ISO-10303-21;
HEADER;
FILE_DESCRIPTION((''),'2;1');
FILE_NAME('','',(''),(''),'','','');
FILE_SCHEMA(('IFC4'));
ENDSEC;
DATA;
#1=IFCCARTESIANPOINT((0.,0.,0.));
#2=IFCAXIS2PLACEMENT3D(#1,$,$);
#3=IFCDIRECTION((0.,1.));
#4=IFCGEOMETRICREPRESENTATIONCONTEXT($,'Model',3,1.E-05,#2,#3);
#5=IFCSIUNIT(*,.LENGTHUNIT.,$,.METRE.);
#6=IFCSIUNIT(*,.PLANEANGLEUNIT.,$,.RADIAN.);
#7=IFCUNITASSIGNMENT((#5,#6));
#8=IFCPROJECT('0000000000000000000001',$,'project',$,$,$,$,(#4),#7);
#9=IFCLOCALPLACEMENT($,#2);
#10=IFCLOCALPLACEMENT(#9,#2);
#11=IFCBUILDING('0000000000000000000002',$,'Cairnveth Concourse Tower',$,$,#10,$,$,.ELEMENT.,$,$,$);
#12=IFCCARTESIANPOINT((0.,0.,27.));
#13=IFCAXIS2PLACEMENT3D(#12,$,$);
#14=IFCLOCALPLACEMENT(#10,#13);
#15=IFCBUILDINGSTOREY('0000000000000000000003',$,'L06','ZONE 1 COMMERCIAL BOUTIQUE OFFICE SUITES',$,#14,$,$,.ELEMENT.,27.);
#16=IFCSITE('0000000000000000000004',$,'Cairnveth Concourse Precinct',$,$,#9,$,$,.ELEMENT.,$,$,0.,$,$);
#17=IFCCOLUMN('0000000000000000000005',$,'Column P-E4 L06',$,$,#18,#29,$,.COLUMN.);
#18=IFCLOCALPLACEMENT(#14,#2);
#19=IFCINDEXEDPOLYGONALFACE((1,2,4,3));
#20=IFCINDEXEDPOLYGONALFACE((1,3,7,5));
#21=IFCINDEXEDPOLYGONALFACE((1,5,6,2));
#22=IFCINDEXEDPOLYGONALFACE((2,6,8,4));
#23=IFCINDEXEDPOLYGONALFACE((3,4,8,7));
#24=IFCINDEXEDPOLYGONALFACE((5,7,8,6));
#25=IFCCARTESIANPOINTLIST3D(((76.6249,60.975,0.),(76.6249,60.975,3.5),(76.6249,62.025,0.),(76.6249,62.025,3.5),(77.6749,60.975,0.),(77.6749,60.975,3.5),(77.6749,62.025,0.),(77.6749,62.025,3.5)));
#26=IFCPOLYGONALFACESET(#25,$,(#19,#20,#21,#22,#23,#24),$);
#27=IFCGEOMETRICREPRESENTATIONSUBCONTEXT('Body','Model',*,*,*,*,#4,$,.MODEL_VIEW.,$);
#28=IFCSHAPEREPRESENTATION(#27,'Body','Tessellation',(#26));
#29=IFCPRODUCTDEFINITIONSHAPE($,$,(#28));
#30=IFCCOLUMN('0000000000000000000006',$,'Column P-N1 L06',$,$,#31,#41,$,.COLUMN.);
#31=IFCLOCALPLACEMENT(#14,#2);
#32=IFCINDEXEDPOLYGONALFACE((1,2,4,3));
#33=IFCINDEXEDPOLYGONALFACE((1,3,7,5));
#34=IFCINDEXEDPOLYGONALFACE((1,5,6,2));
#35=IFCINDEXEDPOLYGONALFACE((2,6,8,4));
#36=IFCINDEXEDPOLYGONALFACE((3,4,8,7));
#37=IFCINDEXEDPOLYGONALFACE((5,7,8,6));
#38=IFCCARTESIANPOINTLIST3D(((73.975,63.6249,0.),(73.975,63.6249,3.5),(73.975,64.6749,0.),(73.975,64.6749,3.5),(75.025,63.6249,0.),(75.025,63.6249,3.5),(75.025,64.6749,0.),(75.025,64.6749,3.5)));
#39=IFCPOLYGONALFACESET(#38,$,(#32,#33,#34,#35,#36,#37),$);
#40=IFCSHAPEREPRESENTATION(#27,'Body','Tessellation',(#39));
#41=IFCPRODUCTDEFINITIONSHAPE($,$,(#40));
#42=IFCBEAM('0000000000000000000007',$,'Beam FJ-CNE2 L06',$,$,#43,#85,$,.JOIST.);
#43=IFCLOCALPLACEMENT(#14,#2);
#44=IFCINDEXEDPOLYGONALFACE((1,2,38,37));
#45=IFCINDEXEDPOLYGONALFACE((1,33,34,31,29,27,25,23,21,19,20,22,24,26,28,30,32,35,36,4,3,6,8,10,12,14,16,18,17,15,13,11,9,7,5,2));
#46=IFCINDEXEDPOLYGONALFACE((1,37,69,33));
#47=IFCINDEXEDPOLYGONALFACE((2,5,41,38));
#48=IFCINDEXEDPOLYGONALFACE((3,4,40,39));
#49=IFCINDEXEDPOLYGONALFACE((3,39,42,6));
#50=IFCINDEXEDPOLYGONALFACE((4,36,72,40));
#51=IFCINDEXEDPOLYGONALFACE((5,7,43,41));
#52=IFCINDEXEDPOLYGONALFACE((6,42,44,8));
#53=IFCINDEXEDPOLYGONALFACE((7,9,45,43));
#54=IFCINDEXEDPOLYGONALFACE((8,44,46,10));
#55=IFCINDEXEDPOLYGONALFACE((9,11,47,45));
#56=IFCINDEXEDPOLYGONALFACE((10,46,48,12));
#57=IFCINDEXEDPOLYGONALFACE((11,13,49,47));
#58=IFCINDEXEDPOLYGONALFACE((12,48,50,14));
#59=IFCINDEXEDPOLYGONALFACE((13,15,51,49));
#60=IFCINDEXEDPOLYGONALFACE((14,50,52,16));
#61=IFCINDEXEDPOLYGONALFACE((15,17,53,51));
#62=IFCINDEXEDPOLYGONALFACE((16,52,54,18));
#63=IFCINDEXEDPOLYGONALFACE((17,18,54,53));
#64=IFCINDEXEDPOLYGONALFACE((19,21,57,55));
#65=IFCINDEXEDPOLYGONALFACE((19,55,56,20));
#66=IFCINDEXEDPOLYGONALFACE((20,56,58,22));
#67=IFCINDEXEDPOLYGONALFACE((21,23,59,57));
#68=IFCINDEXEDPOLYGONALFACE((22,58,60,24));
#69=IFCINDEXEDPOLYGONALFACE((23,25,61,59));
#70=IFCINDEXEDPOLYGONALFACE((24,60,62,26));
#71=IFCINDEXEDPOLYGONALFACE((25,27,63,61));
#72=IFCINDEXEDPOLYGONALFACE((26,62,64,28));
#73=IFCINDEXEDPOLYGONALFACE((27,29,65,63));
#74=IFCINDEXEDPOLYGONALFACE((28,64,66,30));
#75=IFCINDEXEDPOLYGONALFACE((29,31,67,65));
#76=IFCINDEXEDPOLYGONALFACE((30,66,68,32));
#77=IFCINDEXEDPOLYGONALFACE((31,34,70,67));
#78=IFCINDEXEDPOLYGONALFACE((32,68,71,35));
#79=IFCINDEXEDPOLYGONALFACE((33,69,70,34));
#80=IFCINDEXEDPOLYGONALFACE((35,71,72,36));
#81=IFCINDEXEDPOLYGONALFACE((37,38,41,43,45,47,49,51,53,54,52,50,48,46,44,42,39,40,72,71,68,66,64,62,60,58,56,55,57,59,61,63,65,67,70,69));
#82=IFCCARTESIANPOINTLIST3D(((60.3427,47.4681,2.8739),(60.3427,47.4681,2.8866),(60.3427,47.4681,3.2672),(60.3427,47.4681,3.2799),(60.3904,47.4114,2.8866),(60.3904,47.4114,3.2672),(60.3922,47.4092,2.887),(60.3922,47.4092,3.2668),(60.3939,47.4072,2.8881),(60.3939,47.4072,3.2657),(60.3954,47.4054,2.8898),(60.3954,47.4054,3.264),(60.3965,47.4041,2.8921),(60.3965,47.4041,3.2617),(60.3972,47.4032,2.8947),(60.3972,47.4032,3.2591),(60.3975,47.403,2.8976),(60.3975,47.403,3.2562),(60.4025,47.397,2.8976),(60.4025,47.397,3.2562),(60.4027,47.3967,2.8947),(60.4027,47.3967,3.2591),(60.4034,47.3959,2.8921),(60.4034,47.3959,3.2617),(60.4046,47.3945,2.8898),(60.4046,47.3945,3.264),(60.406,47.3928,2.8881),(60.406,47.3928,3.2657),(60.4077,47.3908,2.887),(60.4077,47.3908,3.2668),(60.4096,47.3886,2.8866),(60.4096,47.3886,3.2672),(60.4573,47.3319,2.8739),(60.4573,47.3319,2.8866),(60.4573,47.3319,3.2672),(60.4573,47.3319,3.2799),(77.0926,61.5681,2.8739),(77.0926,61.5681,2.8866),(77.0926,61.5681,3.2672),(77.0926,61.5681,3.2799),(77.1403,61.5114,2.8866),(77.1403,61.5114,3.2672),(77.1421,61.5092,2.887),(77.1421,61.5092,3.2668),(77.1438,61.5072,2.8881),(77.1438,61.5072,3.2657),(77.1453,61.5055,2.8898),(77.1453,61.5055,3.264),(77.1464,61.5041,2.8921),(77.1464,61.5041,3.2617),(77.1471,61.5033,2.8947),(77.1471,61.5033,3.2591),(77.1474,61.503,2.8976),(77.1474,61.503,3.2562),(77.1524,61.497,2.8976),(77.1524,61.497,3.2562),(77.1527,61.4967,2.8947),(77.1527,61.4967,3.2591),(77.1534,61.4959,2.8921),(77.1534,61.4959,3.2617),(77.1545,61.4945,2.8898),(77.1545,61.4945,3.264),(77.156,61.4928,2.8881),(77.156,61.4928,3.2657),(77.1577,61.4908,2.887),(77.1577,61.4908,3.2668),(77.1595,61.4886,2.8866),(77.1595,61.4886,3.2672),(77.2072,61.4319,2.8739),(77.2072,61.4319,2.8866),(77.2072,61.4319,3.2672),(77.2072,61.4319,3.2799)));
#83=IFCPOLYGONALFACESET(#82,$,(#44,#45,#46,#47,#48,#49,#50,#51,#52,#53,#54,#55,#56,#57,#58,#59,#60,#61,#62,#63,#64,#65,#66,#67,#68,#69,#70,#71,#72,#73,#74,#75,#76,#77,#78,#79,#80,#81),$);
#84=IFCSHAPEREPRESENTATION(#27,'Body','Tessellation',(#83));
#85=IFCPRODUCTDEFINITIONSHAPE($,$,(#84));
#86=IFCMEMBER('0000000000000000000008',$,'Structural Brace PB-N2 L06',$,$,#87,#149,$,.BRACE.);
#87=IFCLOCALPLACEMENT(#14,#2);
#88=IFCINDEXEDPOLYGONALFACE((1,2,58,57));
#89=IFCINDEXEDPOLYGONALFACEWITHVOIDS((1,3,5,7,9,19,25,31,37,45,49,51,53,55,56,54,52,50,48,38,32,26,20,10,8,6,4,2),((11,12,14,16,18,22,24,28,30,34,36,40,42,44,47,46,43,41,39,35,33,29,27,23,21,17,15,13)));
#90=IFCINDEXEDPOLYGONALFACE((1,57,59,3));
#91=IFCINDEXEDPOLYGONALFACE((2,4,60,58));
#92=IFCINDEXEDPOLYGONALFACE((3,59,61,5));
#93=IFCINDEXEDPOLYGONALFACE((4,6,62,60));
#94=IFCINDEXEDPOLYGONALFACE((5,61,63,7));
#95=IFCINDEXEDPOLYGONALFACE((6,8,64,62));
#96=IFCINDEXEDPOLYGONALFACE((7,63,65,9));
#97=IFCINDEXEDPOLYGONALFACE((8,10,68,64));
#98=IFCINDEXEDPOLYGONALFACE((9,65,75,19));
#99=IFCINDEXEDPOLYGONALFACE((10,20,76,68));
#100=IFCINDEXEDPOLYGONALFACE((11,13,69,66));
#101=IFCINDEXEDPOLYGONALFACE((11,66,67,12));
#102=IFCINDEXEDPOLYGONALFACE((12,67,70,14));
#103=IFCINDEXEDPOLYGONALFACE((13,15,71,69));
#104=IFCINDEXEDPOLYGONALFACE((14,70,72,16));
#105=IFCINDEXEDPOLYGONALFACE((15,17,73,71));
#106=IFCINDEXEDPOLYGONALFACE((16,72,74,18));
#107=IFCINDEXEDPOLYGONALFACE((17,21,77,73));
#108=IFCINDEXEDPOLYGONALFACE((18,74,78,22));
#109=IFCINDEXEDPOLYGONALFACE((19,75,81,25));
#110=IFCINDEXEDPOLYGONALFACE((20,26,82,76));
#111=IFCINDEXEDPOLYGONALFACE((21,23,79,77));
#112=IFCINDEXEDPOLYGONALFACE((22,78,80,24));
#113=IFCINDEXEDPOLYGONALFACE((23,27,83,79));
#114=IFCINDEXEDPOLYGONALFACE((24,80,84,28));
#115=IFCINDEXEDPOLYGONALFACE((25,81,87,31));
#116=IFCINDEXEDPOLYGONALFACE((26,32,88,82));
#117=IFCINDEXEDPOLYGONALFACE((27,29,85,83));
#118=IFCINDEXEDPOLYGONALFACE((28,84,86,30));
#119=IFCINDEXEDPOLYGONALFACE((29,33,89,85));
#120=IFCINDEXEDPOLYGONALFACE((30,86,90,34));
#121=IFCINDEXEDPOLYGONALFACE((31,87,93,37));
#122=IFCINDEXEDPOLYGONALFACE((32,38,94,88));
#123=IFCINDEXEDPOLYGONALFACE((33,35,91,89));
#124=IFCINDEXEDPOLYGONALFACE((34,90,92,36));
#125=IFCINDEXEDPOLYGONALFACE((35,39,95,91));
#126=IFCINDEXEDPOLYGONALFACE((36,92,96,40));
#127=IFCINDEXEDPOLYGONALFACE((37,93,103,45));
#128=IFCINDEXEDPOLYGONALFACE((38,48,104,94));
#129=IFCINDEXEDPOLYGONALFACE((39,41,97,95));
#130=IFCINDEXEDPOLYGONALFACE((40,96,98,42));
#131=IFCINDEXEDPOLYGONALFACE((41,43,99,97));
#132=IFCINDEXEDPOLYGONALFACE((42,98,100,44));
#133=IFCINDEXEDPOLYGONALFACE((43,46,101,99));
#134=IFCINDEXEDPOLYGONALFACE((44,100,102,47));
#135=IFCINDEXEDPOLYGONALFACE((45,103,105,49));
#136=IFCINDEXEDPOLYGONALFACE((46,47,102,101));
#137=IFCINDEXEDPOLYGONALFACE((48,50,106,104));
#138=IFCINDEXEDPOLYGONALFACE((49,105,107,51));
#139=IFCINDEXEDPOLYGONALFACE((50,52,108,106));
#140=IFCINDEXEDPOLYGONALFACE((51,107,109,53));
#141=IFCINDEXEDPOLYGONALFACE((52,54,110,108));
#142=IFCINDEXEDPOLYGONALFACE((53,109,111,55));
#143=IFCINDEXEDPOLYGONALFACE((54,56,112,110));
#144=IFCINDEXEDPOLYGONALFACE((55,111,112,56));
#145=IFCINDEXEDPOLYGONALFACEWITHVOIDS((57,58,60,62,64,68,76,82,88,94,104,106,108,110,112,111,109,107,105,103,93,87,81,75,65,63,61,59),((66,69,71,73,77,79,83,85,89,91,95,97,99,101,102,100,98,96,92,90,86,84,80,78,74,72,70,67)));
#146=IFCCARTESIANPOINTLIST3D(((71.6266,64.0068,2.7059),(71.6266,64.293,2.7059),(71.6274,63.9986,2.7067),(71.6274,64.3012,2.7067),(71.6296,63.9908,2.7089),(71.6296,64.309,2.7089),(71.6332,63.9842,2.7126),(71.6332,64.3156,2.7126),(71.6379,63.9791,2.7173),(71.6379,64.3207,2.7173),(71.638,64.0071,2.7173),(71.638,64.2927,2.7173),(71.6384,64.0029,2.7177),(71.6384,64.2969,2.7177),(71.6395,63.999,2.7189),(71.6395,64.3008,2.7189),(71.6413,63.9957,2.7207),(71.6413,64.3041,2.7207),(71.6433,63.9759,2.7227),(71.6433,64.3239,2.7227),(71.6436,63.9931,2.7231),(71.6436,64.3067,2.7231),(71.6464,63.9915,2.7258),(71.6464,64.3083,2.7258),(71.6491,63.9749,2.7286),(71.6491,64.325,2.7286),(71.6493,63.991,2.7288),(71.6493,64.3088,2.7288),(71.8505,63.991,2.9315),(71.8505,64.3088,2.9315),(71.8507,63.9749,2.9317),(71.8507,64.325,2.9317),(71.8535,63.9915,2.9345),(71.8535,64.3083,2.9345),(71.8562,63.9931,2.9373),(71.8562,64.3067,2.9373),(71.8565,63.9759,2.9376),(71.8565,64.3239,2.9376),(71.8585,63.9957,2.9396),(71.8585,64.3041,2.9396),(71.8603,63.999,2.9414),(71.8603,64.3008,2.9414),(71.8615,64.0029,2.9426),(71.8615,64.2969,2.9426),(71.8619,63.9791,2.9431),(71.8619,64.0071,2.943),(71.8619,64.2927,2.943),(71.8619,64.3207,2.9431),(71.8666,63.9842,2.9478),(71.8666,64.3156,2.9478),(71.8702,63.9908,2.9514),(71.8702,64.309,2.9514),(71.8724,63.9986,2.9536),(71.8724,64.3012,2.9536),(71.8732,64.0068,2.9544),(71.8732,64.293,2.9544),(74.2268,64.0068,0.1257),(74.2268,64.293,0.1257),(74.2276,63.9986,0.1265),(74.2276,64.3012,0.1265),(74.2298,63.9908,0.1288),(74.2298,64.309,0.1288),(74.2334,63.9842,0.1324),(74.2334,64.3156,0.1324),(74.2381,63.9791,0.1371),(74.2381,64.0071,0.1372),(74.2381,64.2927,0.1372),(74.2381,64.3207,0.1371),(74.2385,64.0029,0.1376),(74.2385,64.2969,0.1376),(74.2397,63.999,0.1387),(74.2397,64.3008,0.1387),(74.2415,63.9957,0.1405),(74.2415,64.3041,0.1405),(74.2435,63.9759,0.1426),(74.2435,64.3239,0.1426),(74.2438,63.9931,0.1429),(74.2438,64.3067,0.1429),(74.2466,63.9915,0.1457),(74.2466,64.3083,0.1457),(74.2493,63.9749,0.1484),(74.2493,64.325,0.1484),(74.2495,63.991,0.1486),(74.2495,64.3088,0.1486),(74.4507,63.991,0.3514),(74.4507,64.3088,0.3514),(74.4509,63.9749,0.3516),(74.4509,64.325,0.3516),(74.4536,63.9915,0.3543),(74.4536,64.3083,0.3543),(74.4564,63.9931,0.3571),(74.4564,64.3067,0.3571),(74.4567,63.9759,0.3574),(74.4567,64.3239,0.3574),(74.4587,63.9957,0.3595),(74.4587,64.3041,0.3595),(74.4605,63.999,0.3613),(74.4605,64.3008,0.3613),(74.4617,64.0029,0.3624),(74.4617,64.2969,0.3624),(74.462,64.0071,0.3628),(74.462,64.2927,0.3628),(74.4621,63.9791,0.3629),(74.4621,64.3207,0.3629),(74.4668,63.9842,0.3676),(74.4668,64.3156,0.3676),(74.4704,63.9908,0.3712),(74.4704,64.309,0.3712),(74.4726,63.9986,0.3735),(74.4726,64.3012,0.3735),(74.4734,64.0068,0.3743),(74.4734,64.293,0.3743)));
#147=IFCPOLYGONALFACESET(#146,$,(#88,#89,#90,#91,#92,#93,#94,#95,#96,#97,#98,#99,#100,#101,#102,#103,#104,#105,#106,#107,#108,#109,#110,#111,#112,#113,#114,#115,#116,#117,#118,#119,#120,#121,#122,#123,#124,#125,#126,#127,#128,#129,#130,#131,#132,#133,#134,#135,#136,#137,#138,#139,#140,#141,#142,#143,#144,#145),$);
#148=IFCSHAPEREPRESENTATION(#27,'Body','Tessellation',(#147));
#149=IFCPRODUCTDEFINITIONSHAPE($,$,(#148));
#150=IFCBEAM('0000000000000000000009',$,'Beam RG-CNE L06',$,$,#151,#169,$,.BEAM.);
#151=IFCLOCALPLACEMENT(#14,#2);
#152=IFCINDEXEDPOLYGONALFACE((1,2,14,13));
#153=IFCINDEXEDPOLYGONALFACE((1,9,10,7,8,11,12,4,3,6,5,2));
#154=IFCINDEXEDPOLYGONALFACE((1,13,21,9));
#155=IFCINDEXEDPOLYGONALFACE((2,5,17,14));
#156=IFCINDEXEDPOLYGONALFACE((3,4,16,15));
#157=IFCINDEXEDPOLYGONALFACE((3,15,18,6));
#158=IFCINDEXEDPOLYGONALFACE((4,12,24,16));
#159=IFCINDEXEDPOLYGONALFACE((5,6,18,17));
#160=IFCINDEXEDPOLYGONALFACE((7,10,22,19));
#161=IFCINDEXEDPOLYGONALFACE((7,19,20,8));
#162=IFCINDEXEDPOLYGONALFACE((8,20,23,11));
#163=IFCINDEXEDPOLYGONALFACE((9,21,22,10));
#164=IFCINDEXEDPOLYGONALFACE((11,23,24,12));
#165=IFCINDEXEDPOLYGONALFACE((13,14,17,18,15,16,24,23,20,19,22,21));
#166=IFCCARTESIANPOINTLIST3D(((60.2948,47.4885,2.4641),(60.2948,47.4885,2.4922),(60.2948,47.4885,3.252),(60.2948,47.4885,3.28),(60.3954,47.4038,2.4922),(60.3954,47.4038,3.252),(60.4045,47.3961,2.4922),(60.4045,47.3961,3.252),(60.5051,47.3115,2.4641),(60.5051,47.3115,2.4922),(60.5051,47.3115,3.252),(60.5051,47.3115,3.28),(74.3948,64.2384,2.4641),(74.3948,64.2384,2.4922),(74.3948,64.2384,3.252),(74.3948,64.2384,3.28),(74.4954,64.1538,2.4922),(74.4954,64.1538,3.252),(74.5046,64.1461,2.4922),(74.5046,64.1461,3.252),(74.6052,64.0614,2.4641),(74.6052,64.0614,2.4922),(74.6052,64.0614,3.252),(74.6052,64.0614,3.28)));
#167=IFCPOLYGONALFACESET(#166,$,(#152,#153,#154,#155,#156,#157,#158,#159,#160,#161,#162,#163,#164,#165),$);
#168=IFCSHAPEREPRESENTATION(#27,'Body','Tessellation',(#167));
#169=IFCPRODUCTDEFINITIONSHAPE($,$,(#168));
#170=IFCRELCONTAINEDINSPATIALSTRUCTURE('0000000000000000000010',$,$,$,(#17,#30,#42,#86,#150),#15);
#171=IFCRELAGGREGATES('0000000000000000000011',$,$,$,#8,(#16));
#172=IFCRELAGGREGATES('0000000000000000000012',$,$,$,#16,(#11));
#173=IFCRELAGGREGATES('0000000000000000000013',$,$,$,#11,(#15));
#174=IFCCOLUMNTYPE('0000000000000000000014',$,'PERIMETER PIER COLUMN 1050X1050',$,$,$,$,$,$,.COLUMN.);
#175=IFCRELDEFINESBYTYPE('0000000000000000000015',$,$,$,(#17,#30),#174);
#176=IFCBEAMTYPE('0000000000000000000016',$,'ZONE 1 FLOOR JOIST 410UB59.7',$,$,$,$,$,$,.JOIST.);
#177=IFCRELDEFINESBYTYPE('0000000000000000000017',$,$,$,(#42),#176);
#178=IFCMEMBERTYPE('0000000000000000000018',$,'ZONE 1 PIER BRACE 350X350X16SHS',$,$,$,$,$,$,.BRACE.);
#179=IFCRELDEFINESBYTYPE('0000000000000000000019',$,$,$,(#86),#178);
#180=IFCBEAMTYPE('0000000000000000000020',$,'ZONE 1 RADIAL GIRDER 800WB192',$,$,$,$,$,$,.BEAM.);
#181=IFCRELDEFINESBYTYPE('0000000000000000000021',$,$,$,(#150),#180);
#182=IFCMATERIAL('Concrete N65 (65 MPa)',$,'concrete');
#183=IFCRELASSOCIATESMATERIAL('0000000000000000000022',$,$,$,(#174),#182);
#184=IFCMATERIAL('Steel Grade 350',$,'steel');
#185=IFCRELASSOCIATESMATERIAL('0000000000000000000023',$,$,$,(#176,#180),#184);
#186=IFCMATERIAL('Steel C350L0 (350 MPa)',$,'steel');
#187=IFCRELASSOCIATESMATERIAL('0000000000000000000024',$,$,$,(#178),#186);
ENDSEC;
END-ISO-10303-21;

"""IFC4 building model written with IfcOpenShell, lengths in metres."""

from ifc_helpers import new_model, si_unit, direction, frame, origin, origin_2d, place, context, subcontext, project, spatial, rectangle, hollow_rectangle, i_section, extrude, material, material_profile, profile_set, type_object, element, save


model = new_model("IFC4")

# Units and contexts
model_context = context("Model", 3, precision=1e-05, world=origin(), true_north=direction((0.0, 1.0)))
body_context = subcontext(model_context, "Body", "Model", "MODEL_VIEW")
ifc_project = project(units=[si_unit("LENGTHUNIT", "METRE"), si_unit("PLANEANGLEUNIT", "RADIAN")], contexts=[model_context])

# Site, building, storey
site_placement = place(None, origin())
site = spatial("IfcSite", under=ifc_project, at=site_placement, Name="Cairnveth Concourse Precinct", CompositionType="ELEMENT", RefElevation=0.0)
building_placement = place(site_placement, origin())
building = spatial("IfcBuilding", under=site, at=building_placement, Name="Cairnveth Concourse Tower", CompositionType="ELEMENT")
storey_placement = place(building_placement, frame((0.0, 0.0, 27.0)))
storey = spatial("IfcBuildingStorey", under=building, at=storey_placement, Name="L06", Description="ZONE 1 COMMERCIAL BOUTIQUE OFFICE SUITES", CompositionType="ELEMENT", Elevation=27.0)

# Columns
ifc_material_1 = material(Name="Concrete N65 (65 MPa)", Category="concrete")
ifc_material_profile_1 = material_profile(ifc_material_1, rectangle(XDim=1.05, YDim=1.05, at=origin_2d()), Name="RC-COL-1050x1050")
ifc_profile_set_1 = profile_set([ifc_material_profile_1], Name="Concrete N65 (65 MPa)")
column_type = type_object("IfcColumnType", Name="PERIMETER PIER COLUMN 1050X1050", PredefinedType="COLUMN", material=ifc_profile_set_1)
for number, where, z_axis, x_axis, name in (
    (1, (77.1499, 61.5, 0.0), (0.0, 0.0, 1.0), (0.0, 1.0, 0.0), "Column P-E4 L06"),
    (2, (74.5, 64.1499, 0.0), (0.0, 0.0, 1.0), (1.0, 0.0, 0.0), "Column P-N1 L06"),
):
    element("IfcColumn", number, at=place(storey_placement, frame(where, z_axis=z_axis, x_axis=x_axis)), inside=storey, type_object=column_type, Name=name, PredefinedType="COLUMN", context=body_context, shape_type="SweptSolid", body=[
        extrude(rectangle(XDim=1.05, YDim=1.05, at=origin_2d()), origin(), (0.0, 0.0, 1.0), 3.5),
    ])

# Beam
ifc_material_2 = material(Name="Steel Grade 350", Category="steel")
ifc_material_profile_2 = material_profile(ifc_material_2, i_section(OverallWidth=0.178, OverallDepth=0.406, WebThickness=0.0078, FlangeThickness=0.0127, FilletRadius=0.011, at=origin_2d()), Name="410UB59.7")
ifc_profile_set_2 = profile_set([ifc_material_profile_2], Name="Steel Grade 350")
beam_type_1 = type_object("IfcBeamType", Name="ZONE 1 FLOOR JOIST 410UB59.7", PredefinedType="JOIST", material=ifc_profile_set_2)
beam_1_placement = place(storey_placement, frame((77.1499, 61.5, 3.0769), z_axis=(-0.765027, -0.643998, 0.0), x_axis=(0.643998, -0.765027, 0.0)))
element("IfcBeam", 3, at=beam_1_placement, inside=storey, type_object=beam_type_1, Name="Beam FJ-CNE2 L06", PredefinedType="JOIST", context=body_context, shape_type="SweptSolid", body=[
    extrude(i_section(OverallWidth=0.178, OverallDepth=0.406, WebThickness=0.0078, FlangeThickness=0.0127, FilletRadius=0.011, at=origin_2d()), origin(), (0.0, 0.0, 1.0), 21.8945),
])

# Member
ifc_material_3 = material(Name="Steel C350L0 (350 MPa)", Category="steel")
ifc_material_profile_3 = material_profile(ifc_material_3, hollow_rectangle(XDim=0.3501, YDim=0.3501, WallThickness=0.0161, InnerFilletRadius=0.0161, OuterFilletRadius=0.032, at=origin_2d()), Name="350x350x16.0SHS")
ifc_profile_set_3 = profile_set([ifc_material_profile_3], Name="Steel C350L0 (350 MPa)")
member_type = type_object("IfcMemberType", Name="ZONE 1 PIER BRACE 350X350X16SHS", PredefinedType="BRACE", material=ifc_profile_set_3)
member_placement = place(storey_placement, frame((74.3501, 64.1499, 0.25), z_axis=(-0.709834, 0.0, 0.704369), x_axis=(0.0, -1.0, 0.0)))
element("IfcMember", 4, at=member_placement, inside=storey, type_object=member_type, Name="Structural Brace PB-N2 L06", PredefinedType="BRACE", context=body_context, shape_type="SweptSolid", body=[
    extrude(hollow_rectangle(XDim=0.3501, YDim=0.3501, WallThickness=0.0161, InnerFilletRadius=0.0161, OuterFilletRadius=0.032, at=origin_2d()), origin(), (0.0, 0.0, 1.0), 3.6631),
])

# Beam
ifc_material_profile_4 = material_profile(ifc_material_2, i_section(OverallWidth=0.2749, OverallDepth=0.8159, WebThickness=0.012, FlangeThickness=0.0281, at=origin_2d()), Name="800WB192")
ifc_profile_set_4 = profile_set([ifc_material_profile_4], Name="Steel Grade 350")
beam_type_2 = type_object("IfcBeamType", Name="ZONE 1 RADIAL GIRDER 800WB192", PredefinedType="BEAM", material=ifc_profile_set_4)
beam_2_placement = place(storey_placement, frame((74.5, 64.1499, 2.8721), z_axis=(-0.643998, -0.765027, 0.0), x_axis=(0.765027, -0.643998, 0.0)))
element("IfcBeam", 5, at=beam_2_placement, inside=storey, type_object=beam_type_2, Name="Beam RG-CNE L06", PredefinedType="BEAM", context=body_context, shape_type="SweptSolid", body=[
    extrude(i_section(OverallWidth=0.2749, OverallDepth=0.8159, WebThickness=0.012, FlangeThickness=0.0281, at=origin_2d()), origin(), (0.0, 0.0, 1.0), 21.8945),
])

save(model, "model.ifc")
